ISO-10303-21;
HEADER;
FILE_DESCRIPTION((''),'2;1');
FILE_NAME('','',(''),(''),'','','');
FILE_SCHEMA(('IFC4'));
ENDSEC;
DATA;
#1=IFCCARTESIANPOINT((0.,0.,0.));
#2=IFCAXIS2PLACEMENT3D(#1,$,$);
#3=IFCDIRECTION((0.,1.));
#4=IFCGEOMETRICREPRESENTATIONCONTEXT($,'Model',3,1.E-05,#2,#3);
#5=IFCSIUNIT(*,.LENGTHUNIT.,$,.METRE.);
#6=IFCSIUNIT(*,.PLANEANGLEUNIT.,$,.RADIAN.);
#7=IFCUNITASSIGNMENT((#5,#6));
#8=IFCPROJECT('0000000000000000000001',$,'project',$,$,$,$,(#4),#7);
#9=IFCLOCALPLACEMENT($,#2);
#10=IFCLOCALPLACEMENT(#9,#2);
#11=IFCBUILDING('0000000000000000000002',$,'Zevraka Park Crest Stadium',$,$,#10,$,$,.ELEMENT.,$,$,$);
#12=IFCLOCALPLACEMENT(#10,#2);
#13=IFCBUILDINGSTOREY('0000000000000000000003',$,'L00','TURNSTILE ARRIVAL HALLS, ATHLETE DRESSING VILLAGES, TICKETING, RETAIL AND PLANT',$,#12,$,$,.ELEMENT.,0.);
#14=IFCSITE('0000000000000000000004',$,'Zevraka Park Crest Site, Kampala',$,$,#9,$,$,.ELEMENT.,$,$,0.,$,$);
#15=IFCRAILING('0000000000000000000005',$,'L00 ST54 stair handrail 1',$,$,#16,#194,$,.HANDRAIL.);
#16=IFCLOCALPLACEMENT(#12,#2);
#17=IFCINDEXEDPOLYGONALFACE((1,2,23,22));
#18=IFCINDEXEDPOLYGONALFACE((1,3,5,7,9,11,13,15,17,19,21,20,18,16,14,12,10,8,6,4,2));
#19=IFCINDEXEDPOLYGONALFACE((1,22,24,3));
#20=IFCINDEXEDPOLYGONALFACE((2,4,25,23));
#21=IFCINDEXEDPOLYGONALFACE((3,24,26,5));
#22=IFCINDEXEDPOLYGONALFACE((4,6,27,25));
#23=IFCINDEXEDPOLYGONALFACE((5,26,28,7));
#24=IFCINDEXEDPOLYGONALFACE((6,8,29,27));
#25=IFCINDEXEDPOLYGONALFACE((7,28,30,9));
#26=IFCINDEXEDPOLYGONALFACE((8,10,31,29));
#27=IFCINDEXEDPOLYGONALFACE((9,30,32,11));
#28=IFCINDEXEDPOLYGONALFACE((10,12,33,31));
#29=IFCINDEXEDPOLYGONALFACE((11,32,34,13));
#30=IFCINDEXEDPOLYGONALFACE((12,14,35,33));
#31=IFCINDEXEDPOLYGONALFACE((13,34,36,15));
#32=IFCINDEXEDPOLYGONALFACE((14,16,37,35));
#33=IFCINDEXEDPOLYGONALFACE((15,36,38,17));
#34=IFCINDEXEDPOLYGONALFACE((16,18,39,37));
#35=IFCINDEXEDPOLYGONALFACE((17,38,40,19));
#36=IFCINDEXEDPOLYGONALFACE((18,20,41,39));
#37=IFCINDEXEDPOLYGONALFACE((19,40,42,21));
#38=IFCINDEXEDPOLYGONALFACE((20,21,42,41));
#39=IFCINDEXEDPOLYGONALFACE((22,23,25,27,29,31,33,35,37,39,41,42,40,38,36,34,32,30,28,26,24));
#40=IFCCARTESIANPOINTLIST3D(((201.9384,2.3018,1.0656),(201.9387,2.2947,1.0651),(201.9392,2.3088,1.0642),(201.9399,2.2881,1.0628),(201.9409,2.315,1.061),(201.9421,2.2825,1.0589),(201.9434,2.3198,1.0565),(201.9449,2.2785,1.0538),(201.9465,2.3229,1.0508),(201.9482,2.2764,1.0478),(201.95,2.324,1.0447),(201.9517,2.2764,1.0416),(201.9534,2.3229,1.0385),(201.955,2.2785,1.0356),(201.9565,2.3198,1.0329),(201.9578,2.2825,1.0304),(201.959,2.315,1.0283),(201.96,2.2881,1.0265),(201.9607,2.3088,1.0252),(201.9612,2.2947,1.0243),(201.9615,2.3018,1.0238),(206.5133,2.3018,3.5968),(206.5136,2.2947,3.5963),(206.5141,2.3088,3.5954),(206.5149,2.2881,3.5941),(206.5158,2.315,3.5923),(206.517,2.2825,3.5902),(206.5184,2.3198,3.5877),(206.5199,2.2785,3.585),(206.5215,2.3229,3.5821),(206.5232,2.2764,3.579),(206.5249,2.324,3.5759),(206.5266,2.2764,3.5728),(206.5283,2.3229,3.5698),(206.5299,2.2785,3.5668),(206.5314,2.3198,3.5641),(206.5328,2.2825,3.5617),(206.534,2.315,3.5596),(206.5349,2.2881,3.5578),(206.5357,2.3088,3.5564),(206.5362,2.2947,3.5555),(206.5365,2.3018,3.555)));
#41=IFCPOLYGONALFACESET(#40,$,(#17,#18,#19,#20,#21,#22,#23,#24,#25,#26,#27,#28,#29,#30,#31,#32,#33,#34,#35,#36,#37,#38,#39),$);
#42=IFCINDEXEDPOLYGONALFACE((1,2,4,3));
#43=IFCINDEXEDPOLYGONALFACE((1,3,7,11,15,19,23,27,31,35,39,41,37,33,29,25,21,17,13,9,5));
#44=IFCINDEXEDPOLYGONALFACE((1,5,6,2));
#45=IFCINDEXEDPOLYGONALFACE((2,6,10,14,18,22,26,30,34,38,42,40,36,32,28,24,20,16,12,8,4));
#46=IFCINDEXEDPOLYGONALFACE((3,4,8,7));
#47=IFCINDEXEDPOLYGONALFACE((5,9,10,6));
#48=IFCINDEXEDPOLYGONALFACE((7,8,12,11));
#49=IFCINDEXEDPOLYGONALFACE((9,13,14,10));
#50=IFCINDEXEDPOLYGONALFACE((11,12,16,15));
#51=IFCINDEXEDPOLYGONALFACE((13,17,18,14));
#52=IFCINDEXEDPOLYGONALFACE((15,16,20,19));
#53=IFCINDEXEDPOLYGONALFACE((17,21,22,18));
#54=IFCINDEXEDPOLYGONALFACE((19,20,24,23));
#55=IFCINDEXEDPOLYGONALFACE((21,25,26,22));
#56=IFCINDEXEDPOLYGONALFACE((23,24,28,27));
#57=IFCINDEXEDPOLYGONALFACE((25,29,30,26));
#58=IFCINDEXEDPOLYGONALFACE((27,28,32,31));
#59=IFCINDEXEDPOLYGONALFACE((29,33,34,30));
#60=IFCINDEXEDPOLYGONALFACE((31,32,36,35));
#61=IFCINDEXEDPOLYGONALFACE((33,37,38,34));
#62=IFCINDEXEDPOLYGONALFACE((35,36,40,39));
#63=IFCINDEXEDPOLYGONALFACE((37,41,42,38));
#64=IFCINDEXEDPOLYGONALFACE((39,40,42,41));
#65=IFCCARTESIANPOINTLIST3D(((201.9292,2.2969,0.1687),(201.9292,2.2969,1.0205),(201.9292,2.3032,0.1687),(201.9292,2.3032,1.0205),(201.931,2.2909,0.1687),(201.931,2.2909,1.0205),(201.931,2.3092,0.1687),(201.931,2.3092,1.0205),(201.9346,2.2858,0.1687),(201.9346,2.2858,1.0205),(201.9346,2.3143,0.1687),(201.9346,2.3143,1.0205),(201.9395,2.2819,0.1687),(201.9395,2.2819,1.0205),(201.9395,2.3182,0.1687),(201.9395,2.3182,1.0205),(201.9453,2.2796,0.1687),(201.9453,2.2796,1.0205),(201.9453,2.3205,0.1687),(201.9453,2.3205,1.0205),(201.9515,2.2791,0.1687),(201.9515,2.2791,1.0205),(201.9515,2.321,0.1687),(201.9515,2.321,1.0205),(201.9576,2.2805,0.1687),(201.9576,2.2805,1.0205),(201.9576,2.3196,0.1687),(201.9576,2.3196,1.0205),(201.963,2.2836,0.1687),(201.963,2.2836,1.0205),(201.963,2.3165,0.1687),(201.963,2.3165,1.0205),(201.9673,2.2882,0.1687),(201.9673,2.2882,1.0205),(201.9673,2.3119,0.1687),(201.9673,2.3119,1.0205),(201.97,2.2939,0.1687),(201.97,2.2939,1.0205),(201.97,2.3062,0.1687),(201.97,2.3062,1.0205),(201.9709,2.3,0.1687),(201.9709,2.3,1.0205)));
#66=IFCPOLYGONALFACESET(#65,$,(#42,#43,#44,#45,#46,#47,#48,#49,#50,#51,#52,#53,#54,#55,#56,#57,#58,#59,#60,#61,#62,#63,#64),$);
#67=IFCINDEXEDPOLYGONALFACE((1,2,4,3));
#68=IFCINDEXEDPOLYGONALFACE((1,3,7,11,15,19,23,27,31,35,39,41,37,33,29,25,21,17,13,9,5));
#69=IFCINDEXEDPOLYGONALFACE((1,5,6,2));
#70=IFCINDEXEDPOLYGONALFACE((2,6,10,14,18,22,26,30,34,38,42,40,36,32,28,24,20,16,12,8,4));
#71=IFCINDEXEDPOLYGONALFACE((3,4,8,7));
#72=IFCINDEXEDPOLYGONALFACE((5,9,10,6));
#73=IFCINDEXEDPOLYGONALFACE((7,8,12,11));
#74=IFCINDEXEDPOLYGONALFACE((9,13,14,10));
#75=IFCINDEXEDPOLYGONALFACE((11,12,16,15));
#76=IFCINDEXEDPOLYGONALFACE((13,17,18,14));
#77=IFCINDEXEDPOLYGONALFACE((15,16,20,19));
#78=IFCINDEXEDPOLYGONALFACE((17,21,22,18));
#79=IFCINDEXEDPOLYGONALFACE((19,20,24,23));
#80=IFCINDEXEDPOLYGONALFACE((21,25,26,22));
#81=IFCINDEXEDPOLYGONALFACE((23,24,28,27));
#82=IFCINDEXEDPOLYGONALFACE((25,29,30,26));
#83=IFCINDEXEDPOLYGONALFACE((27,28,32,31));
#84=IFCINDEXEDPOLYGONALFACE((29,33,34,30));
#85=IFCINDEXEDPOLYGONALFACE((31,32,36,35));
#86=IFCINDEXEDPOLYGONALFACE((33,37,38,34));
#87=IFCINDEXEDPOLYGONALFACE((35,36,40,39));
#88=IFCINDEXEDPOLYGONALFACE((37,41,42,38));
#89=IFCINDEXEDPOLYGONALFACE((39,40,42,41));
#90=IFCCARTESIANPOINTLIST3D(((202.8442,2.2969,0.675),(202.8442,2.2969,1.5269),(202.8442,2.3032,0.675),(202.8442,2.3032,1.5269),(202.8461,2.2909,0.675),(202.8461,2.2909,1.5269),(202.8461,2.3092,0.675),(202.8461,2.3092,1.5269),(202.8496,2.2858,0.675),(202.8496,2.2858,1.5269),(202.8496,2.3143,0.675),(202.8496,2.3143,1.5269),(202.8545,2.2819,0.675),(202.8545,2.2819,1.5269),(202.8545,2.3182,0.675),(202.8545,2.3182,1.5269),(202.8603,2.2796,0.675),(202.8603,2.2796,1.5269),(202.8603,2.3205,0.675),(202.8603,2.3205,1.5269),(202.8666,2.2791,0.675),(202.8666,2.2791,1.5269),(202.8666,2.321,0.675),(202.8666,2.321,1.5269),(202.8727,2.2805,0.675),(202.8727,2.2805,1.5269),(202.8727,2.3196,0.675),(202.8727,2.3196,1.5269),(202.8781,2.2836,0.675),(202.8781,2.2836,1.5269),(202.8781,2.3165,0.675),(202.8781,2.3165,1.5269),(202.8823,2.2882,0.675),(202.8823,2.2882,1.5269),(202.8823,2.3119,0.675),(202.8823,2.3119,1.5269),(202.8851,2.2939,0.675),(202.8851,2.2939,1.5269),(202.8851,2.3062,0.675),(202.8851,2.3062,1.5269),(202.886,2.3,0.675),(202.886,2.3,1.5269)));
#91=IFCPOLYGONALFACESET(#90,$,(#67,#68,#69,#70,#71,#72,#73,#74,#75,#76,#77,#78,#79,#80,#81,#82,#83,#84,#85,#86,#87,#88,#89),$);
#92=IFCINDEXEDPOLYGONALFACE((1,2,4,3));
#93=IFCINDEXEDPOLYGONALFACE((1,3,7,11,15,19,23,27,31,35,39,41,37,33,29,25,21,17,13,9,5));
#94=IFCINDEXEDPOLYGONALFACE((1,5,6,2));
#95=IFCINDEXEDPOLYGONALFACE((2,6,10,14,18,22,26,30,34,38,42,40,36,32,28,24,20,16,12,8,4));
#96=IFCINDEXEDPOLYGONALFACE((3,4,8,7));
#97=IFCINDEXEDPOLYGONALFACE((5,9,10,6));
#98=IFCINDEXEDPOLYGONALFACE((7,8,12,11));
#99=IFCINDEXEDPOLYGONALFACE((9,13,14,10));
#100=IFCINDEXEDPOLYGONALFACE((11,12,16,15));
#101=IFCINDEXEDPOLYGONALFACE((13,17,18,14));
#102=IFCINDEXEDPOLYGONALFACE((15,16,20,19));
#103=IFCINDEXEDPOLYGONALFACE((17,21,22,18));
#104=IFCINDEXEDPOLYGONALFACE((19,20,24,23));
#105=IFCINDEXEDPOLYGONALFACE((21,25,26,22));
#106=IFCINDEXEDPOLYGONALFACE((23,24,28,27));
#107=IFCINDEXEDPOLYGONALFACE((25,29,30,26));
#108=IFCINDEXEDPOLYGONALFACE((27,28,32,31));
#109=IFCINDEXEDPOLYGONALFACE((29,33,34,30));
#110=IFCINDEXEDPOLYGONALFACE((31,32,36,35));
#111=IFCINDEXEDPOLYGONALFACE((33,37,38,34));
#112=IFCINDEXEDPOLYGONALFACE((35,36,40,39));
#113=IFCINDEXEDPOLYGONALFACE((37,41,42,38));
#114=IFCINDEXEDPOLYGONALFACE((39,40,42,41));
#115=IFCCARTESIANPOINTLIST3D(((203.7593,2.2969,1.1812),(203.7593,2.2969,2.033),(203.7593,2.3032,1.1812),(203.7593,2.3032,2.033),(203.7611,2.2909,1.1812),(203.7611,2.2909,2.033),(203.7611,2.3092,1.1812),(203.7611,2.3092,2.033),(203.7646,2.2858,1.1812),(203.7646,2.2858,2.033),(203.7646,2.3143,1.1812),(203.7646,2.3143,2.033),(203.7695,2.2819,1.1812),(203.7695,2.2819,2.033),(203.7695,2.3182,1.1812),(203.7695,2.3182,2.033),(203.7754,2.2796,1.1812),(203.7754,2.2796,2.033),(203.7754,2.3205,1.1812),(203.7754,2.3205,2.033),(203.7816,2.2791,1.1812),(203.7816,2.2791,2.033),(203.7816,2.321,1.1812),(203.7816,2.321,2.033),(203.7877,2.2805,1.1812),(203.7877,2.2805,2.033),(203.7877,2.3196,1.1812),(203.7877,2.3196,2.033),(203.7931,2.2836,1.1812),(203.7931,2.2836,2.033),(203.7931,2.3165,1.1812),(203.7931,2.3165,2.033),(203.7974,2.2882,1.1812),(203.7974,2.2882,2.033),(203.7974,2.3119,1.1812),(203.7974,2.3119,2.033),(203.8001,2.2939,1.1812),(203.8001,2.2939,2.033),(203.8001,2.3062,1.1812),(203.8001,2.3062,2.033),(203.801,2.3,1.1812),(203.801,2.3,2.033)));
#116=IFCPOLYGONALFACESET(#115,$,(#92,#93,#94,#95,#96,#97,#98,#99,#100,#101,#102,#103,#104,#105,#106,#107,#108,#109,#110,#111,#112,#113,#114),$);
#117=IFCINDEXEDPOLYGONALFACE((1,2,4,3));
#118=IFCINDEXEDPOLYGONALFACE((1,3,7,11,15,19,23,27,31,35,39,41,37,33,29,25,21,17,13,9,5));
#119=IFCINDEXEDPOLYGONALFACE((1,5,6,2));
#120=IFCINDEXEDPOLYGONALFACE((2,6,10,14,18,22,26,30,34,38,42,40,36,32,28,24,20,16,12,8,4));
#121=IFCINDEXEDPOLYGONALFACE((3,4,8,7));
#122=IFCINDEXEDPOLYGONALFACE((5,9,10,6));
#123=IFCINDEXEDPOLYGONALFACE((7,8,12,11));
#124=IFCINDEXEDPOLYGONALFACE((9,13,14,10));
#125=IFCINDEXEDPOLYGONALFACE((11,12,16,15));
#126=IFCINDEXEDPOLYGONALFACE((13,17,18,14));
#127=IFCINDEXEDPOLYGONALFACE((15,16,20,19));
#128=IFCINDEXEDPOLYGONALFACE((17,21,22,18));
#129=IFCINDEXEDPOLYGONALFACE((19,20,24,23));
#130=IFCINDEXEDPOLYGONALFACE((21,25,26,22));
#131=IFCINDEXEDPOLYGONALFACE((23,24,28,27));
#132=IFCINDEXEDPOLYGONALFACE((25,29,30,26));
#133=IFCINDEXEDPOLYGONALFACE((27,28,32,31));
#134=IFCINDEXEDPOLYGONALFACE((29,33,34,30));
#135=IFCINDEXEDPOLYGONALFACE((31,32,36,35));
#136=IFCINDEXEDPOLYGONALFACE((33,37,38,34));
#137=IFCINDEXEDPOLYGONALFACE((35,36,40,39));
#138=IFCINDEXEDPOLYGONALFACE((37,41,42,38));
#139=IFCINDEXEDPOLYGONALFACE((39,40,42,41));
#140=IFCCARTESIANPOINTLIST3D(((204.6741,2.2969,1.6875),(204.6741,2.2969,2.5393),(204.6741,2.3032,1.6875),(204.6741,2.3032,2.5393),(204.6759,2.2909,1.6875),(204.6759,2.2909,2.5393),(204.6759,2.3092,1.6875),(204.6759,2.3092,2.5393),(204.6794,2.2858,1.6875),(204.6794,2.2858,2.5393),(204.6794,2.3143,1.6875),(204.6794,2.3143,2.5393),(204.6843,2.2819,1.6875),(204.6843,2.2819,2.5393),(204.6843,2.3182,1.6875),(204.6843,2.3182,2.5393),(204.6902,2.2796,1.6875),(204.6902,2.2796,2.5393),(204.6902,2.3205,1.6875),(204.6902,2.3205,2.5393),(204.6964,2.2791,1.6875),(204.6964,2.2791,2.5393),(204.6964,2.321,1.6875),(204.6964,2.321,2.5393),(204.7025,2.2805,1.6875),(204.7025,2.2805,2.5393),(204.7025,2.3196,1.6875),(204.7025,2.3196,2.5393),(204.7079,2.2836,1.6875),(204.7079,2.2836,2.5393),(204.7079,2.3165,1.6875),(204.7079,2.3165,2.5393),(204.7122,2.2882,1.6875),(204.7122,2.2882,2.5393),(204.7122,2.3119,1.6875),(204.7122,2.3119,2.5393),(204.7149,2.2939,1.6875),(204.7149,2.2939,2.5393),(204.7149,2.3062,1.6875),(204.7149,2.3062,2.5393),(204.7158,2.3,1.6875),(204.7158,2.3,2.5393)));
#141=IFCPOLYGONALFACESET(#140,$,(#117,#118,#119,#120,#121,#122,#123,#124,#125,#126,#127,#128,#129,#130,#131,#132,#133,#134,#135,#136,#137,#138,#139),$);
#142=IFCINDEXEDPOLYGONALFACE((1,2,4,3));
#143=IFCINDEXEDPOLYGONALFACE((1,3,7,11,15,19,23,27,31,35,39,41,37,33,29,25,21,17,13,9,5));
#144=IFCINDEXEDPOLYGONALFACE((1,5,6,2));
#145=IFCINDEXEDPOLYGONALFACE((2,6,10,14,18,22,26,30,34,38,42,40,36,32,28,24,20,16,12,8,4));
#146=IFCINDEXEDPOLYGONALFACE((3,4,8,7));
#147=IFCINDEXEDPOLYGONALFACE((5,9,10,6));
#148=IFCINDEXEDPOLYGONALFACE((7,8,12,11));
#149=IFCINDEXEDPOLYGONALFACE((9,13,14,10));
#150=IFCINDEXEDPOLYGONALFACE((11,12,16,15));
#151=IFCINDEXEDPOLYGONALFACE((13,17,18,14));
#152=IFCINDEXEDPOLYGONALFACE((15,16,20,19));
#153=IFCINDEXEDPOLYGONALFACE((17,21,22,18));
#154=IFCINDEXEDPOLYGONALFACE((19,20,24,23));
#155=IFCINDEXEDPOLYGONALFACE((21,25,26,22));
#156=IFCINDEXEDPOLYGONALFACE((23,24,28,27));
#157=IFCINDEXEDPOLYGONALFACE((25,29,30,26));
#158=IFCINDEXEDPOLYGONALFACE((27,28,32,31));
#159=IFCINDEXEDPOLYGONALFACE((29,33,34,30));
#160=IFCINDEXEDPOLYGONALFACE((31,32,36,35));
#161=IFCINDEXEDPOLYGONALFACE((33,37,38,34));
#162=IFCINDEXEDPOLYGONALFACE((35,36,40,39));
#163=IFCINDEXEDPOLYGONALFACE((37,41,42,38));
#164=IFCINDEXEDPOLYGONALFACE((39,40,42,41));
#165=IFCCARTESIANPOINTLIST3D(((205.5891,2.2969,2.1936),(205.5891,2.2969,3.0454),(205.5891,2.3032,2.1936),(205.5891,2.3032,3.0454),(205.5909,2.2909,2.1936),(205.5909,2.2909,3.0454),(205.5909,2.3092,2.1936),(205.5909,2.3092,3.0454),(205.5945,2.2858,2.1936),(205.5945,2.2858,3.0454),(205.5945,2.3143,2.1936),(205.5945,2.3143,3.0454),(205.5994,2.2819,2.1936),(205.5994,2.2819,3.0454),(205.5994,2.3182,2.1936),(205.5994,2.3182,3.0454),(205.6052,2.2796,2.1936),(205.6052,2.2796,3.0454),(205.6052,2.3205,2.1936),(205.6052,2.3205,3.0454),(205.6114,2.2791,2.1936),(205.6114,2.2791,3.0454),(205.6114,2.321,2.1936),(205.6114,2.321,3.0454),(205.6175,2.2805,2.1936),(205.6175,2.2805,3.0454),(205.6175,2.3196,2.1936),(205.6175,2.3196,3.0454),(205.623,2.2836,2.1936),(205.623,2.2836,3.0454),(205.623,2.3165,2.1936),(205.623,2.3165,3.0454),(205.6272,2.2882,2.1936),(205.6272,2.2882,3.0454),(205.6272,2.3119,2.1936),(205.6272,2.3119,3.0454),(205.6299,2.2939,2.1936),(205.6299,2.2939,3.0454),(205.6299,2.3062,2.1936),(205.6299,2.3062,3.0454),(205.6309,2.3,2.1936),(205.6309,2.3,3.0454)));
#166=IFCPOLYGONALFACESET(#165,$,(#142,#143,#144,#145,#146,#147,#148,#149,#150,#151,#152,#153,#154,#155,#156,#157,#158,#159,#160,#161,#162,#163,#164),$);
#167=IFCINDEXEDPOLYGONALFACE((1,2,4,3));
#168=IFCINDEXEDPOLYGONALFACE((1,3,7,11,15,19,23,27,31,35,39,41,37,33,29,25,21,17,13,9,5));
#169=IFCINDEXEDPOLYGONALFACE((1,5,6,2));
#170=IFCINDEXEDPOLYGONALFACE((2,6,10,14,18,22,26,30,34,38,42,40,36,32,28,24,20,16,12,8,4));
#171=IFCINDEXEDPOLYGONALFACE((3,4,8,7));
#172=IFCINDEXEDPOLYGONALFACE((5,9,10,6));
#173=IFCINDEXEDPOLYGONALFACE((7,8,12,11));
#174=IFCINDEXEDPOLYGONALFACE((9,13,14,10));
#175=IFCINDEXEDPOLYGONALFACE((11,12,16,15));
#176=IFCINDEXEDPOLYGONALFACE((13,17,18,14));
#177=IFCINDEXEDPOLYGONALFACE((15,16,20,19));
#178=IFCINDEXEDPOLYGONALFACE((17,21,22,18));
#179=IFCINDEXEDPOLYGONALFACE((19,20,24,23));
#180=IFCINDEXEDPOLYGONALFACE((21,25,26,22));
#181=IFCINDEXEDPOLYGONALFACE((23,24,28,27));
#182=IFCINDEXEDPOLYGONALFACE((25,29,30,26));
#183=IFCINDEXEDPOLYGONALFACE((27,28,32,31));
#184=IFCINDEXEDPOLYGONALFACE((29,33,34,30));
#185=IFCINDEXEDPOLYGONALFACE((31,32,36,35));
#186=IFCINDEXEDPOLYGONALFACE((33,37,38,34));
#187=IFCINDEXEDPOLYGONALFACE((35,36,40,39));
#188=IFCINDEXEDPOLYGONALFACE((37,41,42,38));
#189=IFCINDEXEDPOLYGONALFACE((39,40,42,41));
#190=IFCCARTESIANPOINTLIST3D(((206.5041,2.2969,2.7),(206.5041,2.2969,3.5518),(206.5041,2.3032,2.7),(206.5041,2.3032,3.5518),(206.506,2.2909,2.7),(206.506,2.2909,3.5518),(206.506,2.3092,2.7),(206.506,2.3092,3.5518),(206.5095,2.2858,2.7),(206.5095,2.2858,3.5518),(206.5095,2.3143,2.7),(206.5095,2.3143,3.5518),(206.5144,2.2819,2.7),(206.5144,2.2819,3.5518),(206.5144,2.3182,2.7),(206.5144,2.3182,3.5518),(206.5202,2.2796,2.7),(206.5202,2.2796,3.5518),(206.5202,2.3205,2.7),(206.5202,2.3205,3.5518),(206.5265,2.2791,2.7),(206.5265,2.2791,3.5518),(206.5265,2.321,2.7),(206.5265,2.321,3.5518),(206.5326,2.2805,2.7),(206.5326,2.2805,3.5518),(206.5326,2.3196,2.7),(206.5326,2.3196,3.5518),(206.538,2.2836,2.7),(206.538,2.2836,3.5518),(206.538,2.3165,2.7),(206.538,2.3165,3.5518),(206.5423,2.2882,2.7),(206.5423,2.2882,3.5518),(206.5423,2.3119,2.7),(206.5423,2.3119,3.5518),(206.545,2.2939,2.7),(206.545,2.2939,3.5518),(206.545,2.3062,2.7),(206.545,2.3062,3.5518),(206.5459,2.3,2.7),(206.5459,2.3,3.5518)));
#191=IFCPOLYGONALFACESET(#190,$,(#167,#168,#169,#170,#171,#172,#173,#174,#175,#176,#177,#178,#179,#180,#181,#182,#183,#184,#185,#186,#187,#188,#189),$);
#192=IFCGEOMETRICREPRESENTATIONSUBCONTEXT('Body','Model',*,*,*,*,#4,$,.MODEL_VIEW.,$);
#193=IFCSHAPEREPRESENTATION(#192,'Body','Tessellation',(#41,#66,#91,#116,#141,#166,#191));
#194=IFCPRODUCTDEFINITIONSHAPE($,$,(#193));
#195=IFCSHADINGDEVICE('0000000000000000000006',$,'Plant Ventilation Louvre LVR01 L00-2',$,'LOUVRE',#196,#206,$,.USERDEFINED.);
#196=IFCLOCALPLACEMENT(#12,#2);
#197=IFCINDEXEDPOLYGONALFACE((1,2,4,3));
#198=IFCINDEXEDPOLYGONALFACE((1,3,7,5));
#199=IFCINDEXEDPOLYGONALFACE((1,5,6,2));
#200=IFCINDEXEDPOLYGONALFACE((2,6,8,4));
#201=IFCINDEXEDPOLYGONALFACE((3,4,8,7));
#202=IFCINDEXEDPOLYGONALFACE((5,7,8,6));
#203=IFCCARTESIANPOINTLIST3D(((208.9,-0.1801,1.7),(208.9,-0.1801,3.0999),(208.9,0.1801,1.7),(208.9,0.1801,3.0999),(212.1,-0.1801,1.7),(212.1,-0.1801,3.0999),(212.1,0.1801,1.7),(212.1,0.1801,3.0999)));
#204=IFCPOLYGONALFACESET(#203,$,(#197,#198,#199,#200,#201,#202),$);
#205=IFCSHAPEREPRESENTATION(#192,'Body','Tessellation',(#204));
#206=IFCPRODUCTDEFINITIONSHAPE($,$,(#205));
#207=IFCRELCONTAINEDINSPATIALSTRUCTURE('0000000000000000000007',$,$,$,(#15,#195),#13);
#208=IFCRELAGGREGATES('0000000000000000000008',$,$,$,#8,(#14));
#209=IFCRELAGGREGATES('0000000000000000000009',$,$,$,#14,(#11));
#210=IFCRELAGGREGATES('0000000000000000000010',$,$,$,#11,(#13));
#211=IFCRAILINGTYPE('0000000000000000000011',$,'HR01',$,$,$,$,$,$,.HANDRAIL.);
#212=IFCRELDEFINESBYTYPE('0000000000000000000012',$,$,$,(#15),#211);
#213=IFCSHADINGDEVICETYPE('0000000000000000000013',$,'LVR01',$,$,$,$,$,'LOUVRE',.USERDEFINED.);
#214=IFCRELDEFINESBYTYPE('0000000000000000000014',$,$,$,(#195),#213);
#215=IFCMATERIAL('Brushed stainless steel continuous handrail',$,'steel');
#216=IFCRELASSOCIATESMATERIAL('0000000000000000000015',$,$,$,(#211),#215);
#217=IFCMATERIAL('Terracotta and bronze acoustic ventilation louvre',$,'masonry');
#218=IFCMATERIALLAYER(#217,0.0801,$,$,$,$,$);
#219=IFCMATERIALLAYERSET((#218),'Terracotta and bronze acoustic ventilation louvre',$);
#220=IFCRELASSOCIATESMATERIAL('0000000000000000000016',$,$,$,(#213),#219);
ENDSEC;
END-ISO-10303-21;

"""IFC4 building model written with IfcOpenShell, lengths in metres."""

from ifc_helpers import new_model, si_unit, direction, frame, origin, origin_2d, place, context, subcontext, project, spatial, rectangle, circle, extrude, material, layer, layer_set, type_object, element, save


model = new_model("IFC4")

# Units and contexts
model_context = context("Model", 3, precision=1e-05, world=origin(), true_north=direction((0.0, 1.0)))
body_context = subcontext(model_context, "Body", "Model", "MODEL_VIEW")
ifc_project = project(units=[si_unit("LENGTHUNIT", "METRE"), si_unit("PLANEANGLEUNIT", "RADIAN")], contexts=[model_context])

# Site, building, storey
site_placement = place(None, origin())
site = spatial("IfcSite", under=ifc_project, at=site_placement, Name="Zevraka Park Crest Site, Kampala", CompositionType="ELEMENT", RefElevation=0.0)
building_placement = place(site_placement, origin())
building = spatial("IfcBuilding", under=site, at=building_placement, Name="Zevraka Park Crest Stadium", CompositionType="ELEMENT")
storey_placement = place(building_placement, origin())
storey = spatial("IfcBuildingStorey", under=building, at=storey_placement, Name="L00", Description="TURNSTILE ARRIVAL HALLS, ATHLETE DRESSING VILLAGES, TICKETING, RETAIL AND PLANT", CompositionType="ELEMENT", Elevation=0.0)

# Railing
ifc_material_1 = material(Name="Brushed stainless steel continuous handrail", Category="steel")
railing_type_1 = type_object("IfcRailingType", Name="HR01", PredefinedType="HANDRAIL", material=ifc_material_1)
railing_1_placement = place(storey_placement, frame((201.95, 2.3, 0.1687)))
element("IfcRailing", 1, at=railing_1_placement, inside=storey, type_object=railing_type_1, Name="L00 ST54 stair handrail 1", PredefinedType="HANDRAIL", context=body_context, shape_type="SweptSolid", body=[
    extrude(circle(Radius=0.0239, at=origin_2d()), frame((0.0, 0.0, 0.876), z_axis=(0.875, 0.0, 0.484124), x_axis=(0.0, 1.0, 0.0)), (0.0, 0.0, 1.0), 5.2285),
    extrude(circle(Radius=0.021, at=origin_2d()), origin(), (0.0, 0.0, 1.0), 0.8518),
    extrude(circle(Radius=0.021, at=origin_2d()), frame((0.915, 0.0, 0.5063)), (0.0, 0.0, 1.0), 0.8518),
    extrude(circle(Radius=0.021, at=origin_2d()), frame((1.8301, 0.0, 1.0125)), (0.0, 0.0, 1.0), 0.8518),
    extrude(circle(Radius=0.021, at=origin_2d()), frame((2.7449, 0.0, 1.5188)), (0.0, 0.0, 1.0), 0.8518),
    extrude(circle(Radius=0.021, at=origin_2d()), frame((3.6599, 0.0, 2.0249)), (0.0, 0.0, 1.0), 0.8518),
    extrude(circle(Radius=0.021, at=origin_2d()), frame((4.575, 0.0, 2.5312)), (0.0, 0.0, 1.0), 0.8518),
])

# Shading device
ifc_material_2 = material(Name="Terracotta and bronze acoustic ventilation louvre", Category="masonry")
ifc_layer_1 = layer(ifc_material_2, 0.0801)
ifc_layer_set_1 = layer_set([ifc_layer_1], Name="Terracotta and bronze acoustic ventilation louvre")
shading_device_type = type_object("IfcShadingDeviceType", Name="LVR01", ElementType="LOUVRE", PredefinedType="USERDEFINED", material=ifc_layer_set_1)
shading_device_placement = place(storey_placement, frame((210.5, 0.0, 1.7), z_axis=(0.0, 0.0, 1.0), x_axis=(-1.0, 0.0, 0.0)))
element("IfcShadingDevice", 2, at=shading_device_placement, inside=storey, type_object=shading_device_type, Name="Plant Ventilation Louvre LVR01 L00-2", ObjectType="LOUVRE", PredefinedType="USERDEFINED", context=body_context, shape_type="SweptSolid", body=[
    extrude(rectangle(XDim=3.2, YDim=0.3601, at=origin_2d()), origin(), (0.0, 0.0, 1.0), 1.3999),
])

save(model, "model.ifc")
